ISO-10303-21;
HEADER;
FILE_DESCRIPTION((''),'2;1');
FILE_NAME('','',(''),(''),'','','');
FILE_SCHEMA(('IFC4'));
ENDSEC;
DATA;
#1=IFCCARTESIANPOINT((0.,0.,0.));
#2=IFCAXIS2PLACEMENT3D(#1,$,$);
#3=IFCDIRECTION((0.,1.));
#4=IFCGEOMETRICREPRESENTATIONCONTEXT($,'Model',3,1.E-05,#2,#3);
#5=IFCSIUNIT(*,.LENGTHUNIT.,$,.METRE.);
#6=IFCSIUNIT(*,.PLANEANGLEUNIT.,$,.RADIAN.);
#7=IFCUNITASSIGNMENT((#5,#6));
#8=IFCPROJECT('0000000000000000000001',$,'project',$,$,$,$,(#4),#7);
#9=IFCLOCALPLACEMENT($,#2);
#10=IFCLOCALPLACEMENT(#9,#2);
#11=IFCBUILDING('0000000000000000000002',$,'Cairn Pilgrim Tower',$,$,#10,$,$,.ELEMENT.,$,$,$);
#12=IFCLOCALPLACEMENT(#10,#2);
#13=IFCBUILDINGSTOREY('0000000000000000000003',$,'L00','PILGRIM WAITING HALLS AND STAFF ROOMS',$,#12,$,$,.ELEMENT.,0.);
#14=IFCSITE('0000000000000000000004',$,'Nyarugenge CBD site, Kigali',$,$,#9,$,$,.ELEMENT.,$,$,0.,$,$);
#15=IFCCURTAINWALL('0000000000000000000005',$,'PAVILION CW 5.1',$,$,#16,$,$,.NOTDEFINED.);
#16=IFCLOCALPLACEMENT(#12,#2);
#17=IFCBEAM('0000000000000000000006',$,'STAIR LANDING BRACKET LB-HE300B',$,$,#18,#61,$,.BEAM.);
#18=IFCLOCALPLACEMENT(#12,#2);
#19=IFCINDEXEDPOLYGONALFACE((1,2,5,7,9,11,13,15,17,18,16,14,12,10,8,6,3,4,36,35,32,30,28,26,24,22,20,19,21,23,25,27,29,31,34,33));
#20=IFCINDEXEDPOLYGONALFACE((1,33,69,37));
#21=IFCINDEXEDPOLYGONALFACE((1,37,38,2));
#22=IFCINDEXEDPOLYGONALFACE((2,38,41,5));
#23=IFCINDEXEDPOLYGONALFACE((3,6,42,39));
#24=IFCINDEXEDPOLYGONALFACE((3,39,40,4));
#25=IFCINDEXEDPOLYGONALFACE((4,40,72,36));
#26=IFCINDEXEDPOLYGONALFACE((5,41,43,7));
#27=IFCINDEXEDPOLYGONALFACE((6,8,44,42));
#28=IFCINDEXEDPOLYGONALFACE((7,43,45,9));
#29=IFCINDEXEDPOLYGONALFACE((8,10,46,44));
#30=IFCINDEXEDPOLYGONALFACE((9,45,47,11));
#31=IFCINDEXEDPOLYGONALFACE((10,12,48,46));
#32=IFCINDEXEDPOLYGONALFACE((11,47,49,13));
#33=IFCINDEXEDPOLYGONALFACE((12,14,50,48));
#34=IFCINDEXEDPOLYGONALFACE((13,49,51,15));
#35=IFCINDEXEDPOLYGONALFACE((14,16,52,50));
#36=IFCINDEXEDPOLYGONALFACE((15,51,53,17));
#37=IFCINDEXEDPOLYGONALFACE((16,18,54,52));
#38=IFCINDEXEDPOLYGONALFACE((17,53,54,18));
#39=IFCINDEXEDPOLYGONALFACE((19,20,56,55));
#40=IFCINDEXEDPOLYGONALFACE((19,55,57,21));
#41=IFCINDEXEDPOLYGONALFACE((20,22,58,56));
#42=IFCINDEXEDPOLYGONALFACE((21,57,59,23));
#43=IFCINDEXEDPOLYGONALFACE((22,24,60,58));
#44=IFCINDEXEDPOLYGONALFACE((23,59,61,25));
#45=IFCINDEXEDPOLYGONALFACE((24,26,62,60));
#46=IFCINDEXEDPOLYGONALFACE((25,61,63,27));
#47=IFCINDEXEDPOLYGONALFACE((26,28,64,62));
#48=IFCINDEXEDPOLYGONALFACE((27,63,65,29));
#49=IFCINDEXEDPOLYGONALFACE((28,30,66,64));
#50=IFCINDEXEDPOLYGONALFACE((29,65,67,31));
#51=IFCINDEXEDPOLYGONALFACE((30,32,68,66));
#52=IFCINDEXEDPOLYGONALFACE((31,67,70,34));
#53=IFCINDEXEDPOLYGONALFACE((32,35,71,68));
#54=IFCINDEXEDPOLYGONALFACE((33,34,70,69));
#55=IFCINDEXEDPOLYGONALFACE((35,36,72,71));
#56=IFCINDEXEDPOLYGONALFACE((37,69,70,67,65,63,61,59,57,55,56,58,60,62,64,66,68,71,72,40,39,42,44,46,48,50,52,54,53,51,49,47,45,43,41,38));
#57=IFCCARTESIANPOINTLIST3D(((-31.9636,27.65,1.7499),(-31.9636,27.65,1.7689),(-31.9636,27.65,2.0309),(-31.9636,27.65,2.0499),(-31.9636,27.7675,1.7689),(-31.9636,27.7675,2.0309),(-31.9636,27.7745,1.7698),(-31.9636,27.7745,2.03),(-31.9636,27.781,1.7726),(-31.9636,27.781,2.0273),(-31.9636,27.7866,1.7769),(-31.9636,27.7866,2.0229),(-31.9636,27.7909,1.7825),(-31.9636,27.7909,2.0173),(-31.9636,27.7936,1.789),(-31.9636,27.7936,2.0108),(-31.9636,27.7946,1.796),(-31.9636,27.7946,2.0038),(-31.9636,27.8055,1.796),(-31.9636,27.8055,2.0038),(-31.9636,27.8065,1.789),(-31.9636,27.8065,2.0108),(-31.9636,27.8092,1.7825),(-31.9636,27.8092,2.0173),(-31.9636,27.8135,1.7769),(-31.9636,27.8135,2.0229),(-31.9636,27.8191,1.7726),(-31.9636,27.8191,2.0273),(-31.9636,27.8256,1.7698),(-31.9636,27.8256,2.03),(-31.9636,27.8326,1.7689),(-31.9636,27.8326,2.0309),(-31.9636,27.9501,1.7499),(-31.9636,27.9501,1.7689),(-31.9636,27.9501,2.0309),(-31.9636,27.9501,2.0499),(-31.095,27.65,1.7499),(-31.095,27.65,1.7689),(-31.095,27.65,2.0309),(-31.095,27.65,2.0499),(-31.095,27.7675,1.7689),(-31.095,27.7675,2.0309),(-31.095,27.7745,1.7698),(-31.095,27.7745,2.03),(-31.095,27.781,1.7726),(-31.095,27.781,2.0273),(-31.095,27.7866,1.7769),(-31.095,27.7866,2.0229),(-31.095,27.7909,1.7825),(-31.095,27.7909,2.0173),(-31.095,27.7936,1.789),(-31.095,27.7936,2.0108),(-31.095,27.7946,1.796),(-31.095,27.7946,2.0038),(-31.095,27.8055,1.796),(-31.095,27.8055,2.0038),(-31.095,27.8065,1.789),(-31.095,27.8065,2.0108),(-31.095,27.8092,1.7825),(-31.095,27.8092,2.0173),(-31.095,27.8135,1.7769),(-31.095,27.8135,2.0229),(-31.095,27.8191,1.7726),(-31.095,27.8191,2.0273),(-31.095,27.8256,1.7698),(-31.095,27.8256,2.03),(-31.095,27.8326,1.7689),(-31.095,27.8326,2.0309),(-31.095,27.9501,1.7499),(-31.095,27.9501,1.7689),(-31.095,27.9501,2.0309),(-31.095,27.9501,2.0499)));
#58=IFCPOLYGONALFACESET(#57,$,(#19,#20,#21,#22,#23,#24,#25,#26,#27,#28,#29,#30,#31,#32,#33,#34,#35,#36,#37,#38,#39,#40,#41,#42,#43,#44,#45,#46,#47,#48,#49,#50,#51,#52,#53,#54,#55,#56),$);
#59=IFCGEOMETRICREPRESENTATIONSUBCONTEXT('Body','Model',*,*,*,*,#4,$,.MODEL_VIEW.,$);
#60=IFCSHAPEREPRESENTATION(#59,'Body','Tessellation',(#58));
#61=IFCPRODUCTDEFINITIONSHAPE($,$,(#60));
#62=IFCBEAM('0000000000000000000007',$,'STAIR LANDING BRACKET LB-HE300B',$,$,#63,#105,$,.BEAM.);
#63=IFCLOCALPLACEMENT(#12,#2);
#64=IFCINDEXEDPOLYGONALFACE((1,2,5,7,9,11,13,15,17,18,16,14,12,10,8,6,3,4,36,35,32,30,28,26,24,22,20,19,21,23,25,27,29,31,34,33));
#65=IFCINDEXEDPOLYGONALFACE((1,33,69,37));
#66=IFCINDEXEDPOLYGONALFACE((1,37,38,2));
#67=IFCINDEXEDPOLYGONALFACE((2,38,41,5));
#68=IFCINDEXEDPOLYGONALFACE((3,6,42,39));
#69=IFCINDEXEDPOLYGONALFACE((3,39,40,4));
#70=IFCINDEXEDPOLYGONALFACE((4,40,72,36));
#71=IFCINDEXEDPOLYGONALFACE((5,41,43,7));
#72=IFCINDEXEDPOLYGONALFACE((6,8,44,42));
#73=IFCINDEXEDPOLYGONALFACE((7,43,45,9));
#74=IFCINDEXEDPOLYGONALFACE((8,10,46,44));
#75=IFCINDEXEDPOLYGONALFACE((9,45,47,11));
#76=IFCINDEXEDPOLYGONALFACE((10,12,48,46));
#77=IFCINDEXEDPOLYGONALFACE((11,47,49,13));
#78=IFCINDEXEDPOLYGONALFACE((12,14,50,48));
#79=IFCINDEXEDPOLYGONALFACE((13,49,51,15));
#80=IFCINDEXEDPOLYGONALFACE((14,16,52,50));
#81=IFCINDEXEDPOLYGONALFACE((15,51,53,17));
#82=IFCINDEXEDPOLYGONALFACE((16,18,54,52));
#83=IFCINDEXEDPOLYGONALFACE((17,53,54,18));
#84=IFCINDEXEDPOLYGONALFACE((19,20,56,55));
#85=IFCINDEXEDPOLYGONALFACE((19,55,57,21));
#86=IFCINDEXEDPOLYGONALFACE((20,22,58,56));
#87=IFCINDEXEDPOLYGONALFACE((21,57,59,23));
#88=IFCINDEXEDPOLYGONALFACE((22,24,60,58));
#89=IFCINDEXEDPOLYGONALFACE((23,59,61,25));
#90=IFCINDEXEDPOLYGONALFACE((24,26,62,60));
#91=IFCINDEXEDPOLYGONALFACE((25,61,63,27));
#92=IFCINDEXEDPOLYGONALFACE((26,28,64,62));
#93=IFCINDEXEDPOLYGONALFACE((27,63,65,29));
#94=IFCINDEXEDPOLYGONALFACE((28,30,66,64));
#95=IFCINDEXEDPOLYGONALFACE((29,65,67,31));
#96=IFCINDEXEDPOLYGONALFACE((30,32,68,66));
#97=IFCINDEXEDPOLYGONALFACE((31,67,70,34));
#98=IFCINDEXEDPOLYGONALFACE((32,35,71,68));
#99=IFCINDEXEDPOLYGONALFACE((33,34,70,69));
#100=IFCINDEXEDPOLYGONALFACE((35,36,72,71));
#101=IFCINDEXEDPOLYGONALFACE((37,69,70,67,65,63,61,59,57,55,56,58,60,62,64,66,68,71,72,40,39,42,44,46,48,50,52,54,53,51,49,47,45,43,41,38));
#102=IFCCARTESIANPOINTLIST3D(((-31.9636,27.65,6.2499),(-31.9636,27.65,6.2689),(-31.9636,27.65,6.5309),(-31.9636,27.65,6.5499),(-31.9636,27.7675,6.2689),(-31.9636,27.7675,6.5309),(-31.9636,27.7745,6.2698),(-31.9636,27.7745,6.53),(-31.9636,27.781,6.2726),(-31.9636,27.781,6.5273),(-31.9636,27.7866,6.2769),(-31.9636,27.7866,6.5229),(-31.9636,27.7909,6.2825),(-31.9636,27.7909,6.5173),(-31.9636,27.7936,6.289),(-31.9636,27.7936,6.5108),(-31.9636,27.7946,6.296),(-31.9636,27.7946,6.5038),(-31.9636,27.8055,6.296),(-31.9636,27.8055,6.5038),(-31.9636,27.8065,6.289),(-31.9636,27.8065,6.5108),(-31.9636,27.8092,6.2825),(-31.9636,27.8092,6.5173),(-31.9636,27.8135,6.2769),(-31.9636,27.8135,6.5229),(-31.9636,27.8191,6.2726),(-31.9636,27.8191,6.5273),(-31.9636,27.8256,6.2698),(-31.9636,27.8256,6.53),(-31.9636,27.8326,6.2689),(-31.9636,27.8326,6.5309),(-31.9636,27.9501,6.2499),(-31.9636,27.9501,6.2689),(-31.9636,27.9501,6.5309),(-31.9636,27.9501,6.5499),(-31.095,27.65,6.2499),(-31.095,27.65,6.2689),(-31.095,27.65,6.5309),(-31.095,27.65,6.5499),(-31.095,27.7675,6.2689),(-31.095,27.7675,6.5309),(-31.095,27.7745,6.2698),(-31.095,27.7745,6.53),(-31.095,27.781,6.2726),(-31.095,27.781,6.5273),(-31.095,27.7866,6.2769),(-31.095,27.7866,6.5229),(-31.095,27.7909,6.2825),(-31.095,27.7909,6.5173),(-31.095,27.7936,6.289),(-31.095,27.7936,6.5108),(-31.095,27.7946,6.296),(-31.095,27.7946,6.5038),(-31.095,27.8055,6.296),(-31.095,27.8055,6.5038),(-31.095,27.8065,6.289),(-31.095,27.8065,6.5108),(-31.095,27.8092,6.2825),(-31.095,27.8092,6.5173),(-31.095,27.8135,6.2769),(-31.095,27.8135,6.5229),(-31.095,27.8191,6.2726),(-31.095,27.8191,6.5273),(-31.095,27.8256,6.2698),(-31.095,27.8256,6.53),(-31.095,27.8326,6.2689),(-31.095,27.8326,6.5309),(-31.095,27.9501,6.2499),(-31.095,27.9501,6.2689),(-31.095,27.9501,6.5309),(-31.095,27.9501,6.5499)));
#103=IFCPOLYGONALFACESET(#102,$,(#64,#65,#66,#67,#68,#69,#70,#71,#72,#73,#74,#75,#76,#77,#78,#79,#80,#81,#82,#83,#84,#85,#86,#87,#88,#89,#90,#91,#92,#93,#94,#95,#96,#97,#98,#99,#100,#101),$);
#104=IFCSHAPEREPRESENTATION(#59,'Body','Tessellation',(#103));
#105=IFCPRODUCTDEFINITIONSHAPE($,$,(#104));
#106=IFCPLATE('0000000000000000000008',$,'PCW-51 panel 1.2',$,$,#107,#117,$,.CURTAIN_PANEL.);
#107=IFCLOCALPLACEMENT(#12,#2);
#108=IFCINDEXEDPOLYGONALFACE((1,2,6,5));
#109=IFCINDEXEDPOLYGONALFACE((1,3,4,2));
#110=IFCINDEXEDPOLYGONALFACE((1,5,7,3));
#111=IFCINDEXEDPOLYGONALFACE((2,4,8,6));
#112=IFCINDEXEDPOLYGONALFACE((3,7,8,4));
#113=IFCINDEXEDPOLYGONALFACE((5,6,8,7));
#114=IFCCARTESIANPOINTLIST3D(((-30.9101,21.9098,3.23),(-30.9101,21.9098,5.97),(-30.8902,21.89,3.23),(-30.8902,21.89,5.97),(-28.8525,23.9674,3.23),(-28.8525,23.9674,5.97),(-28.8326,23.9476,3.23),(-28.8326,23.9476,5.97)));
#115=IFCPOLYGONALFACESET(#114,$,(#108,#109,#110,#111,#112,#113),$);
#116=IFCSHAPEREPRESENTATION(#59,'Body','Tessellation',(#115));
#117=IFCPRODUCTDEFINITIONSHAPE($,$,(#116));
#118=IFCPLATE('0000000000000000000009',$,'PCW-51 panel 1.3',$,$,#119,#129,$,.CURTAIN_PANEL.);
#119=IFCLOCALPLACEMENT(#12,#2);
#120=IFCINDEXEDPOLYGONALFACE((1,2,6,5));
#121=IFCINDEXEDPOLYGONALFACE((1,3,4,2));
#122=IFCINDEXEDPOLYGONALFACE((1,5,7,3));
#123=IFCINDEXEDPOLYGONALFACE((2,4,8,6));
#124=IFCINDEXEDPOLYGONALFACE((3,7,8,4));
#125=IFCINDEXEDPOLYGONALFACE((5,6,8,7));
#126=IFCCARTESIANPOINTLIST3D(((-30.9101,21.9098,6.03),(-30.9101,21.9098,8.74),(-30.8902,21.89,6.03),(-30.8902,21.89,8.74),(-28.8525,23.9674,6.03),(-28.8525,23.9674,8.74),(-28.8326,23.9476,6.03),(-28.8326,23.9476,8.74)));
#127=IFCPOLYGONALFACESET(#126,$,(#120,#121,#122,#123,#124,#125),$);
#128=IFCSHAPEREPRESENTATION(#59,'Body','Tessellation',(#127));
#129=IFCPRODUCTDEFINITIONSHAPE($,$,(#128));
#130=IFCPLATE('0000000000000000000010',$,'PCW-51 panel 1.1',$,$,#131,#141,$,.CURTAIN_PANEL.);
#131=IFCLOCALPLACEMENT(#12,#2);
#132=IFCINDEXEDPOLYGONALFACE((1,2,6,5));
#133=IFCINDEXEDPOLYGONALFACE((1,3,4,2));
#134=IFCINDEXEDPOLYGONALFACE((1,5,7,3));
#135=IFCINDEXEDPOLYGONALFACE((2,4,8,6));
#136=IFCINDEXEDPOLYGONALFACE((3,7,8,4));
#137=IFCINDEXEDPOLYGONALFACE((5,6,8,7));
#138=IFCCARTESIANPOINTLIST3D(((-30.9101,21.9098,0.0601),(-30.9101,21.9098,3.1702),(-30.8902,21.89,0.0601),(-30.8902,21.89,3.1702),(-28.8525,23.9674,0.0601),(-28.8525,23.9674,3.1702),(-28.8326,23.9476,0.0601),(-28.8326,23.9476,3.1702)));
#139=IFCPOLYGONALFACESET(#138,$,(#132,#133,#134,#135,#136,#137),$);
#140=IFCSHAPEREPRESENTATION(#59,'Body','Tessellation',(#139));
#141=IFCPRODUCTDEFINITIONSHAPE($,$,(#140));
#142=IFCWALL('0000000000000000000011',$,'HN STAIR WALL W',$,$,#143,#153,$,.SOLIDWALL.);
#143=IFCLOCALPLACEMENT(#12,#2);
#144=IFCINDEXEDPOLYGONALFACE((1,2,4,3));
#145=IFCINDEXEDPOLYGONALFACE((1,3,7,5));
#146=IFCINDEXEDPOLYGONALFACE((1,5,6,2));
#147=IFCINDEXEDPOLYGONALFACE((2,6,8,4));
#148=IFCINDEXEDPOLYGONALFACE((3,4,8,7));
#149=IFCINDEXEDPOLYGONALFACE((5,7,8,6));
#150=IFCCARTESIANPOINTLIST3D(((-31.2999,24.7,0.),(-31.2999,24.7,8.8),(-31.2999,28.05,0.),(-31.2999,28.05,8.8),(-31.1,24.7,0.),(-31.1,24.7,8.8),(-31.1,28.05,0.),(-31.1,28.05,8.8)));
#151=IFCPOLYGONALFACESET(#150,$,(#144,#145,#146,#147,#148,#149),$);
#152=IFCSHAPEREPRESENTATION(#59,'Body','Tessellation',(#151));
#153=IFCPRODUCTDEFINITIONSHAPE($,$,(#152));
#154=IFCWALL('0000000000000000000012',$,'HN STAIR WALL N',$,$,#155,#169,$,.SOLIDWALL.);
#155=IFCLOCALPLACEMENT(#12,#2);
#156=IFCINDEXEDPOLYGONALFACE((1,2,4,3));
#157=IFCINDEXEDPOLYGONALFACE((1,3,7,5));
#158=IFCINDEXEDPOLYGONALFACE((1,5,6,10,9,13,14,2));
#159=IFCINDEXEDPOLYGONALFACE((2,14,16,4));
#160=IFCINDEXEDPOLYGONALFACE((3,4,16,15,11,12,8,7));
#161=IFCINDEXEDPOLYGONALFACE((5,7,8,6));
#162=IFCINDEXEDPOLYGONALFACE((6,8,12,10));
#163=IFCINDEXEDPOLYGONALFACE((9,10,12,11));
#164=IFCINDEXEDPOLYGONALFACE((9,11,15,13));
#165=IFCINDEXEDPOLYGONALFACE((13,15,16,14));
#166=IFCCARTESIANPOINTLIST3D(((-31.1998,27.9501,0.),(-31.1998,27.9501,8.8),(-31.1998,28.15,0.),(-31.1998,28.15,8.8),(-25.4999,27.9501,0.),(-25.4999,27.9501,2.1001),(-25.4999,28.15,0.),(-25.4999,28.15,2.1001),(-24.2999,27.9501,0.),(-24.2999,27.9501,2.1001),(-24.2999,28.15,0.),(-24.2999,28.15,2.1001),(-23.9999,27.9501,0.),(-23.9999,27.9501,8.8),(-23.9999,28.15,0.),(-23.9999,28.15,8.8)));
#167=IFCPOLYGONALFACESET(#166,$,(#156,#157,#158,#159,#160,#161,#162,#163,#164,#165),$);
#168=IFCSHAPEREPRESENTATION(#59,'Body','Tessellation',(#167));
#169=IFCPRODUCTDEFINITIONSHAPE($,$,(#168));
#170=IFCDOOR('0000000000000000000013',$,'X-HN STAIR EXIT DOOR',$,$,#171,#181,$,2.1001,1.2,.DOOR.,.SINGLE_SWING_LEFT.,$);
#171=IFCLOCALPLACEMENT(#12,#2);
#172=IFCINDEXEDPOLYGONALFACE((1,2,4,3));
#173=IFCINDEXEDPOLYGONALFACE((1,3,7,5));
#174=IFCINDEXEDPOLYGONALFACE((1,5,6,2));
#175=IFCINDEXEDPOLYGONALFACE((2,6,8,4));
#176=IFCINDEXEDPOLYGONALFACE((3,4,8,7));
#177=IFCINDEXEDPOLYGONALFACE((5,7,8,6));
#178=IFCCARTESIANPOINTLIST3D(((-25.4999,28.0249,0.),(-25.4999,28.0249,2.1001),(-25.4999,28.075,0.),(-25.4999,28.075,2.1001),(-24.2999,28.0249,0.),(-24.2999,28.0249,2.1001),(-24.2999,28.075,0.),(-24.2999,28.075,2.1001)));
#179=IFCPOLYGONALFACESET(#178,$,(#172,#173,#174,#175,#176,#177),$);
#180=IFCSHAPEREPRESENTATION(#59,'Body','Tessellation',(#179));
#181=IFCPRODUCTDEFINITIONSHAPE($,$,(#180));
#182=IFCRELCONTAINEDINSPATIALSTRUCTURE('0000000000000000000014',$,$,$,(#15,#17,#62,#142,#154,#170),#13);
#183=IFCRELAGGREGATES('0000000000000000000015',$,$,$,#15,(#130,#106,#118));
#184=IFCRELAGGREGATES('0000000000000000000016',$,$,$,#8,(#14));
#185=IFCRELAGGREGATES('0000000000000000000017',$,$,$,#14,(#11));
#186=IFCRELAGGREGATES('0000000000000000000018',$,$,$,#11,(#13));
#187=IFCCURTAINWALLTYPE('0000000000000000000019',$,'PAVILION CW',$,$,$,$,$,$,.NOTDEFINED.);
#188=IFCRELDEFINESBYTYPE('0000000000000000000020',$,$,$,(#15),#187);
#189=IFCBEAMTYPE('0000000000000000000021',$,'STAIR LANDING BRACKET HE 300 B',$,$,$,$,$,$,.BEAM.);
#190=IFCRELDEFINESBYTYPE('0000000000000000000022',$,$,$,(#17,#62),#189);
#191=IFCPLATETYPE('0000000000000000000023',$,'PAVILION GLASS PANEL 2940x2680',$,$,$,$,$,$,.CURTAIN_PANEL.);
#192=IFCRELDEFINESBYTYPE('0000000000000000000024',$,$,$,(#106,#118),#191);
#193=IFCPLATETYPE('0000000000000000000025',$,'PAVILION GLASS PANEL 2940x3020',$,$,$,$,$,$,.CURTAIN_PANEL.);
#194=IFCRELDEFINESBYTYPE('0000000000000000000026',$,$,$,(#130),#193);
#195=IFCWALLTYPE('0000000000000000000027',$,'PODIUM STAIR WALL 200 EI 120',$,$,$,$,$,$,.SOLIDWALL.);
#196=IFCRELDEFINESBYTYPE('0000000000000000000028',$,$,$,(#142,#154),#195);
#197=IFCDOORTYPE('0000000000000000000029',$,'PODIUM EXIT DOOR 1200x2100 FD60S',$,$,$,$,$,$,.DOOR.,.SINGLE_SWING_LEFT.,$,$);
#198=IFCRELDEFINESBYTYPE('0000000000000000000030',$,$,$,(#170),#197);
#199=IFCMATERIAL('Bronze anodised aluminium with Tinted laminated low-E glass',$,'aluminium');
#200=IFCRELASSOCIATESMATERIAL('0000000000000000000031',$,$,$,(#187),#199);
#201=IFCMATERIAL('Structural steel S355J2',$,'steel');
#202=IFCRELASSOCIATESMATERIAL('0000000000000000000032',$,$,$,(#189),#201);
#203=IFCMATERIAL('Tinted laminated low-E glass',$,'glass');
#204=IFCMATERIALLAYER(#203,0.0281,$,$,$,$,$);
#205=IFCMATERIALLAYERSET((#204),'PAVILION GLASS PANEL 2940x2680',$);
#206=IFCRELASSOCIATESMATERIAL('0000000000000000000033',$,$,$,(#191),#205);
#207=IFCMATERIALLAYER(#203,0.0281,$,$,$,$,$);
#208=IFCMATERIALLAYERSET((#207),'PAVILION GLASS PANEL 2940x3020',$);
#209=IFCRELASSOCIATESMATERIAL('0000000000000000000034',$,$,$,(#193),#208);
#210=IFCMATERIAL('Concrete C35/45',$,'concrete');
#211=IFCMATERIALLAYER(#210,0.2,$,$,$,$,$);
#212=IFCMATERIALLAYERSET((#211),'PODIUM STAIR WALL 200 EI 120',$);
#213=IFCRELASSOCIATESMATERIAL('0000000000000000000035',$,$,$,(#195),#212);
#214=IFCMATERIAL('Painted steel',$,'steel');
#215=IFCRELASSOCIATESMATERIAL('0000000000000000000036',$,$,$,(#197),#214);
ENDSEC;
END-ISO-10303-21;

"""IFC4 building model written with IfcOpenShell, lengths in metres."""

from ifc_helpers import new_model, si_unit, direction, frame, frame_2d, origin, origin_2d, place, context, subcontext, project, spatial, rectangle, i_section, extrude, material, layer, layer_set, material_profile, profile_set, type_object, element, fill, aggregate, save


model = new_model("IFC4")

# Units and contexts
model_context = context("Model", 3, precision=1e-05, world=origin(), true_north=direction((0.0, 1.0)))
body_context = subcontext(model_context, "Body", "Model", "MODEL_VIEW")
ifc_project = project(units=[si_unit("LENGTHUNIT", "METRE"), si_unit("PLANEANGLEUNIT", "RADIAN")], contexts=[model_context])

# Site, building, storey
site_placement = place(None, origin())
site = spatial("IfcSite", under=ifc_project, at=site_placement, Name="Nyarugenge CBD site, Kigali", CompositionType="ELEMENT", RefElevation=0.0)
building_placement = place(site_placement, origin())
building = spatial("IfcBuilding", under=site, at=building_placement, Name="Cairn Pilgrim Tower", CompositionType="ELEMENT")
storey_placement = place(building_placement, origin())
storey = spatial("IfcBuildingStorey", under=building, at=storey_placement, Name="L00", Description="PILGRIM WAITING HALLS AND STAFF ROOMS", CompositionType="ELEMENT", Elevation=0.0)

# Shared definitions
ifc_material_1 = material(Name="Concrete C35/45", Category="concrete")

# Shared definitions
ifc_material_2 = material(Name="Structural steel S355J2", Category="steel")

# Curtain wall
ifc_material_3 = material(Name="Bronze anodised aluminium with Tinted laminated low-E glass", Category="aluminium")
curtain_wall_type = type_object("IfcCurtainWallType", Name="PAVILION CW", PredefinedType="NOTDEFINED", material=ifc_material_3)
curtain_wall_placement = place(storey_placement, origin())
curtain_wall = element("IfcCurtainWall", 1, at=curtain_wall_placement, inside=storey, type_object=curtain_wall_type, Name="PAVILION CW 5.1", PredefinedType="NOTDEFINED")

# Beams
ifc_material_profile_1 = material_profile(ifc_material_2, i_section(OverallWidth=0.3, OverallDepth=0.3, WebThickness=0.011, FlangeThickness=0.019, FilletRadius=0.0271, at=origin_2d()), Name="HE 300 B")
ifc_profile_set_1 = profile_set([ifc_material_profile_1], Name="Structural steel S355J2")
beam_type = type_object("IfcBeamType", Name="STAIR LANDING BRACKET HE 300 B", PredefinedType="BEAM", material=ifc_profile_set_1)
for number, where, z_axis, x_axis, name in (
    (2, (-31.9636, 27.8, 1.8999), (1.0, 0.0, 0.0), (0.0, 1.0, 0.0), "STAIR LANDING BRACKET LB-HE300B"),
    (3, (-31.9636, 27.8, 6.3999), (1.0, 0.0, 0.0), (0.0, 1.0, 0.0), "STAIR LANDING BRACKET LB-HE300B"),
):
    element("IfcBeam", number, at=place(storey_placement, frame(where, z_axis=z_axis, x_axis=x_axis)), inside=storey, type_object=beam_type, Name=name, PredefinedType="BEAM", context=body_context, shape_type="SweptSolid", body=[
        extrude(i_section(OverallWidth=0.3, OverallDepth=0.3, WebThickness=0.011, FlangeThickness=0.019, FilletRadius=0.0271, at=origin_2d()), origin(), (0.0, 0.0, 1.0), 0.8687),
    ])

# Plates
ifc_material_4 = material(Name="Tinted laminated low-E glass", Category="glass")
ifc_layer_1 = layer(ifc_material_4, 0.0281)
ifc_layer_set_1 = layer_set([ifc_layer_1], Name="PAVILION GLASS PANEL 2940x2680")
plate_type_1 = type_object("IfcPlateType", Name="PAVILION GLASS PANEL 2940x2680", PredefinedType="CURTAIN_PANEL", material=ifc_layer_set_1)
plate_1_placement = place(storey_placement, frame((-29.8713, 22.9287, 3.23), z_axis=(0.0, 0.0, 1.0), x_axis=(-0.707107, -0.707107, 0.0)))
plate_1 = element("IfcPlate", 4, at=plate_1_placement, type_object=plate_type_1, Name="PCW-51 panel 1.2", PredefinedType="CURTAIN_PANEL", context=body_context, shape_type="SweptSolid", body=[
    extrude(rectangle(XDim=2.9099, YDim=0.0281, at=origin_2d()), origin(), (0.0, 0.0, 1.0), 2.74),
])
plate_2_placement = place(storey_placement, frame((-29.8713, 22.9287, 6.03), z_axis=(0.0, 0.0, 1.0), x_axis=(-0.707107, -0.707107, 0.0)))
plate_2 = element("IfcPlate", 5, at=plate_2_placement, type_object=plate_type_1, Name="PCW-51 panel 1.3", PredefinedType="CURTAIN_PANEL", context=body_context, shape_type="SweptSolid", body=[
    extrude(rectangle(XDim=2.9099, YDim=0.0281, at=origin_2d()), origin(), (0.0, 0.0, 1.0), 2.71),
])
ifc_layer_2 = layer(ifc_material_4, 0.0281)
ifc_layer_set_2 = layer_set([ifc_layer_2], Name="PAVILION GLASS PANEL 2940x3020")
plate_type_2 = type_object("IfcPlateType", Name="PAVILION GLASS PANEL 2940x3020", PredefinedType="CURTAIN_PANEL", material=ifc_layer_set_2)
plate_3_placement = place(storey_placement, frame((-29.8713, 22.9287, 0.0601), z_axis=(0.0, 0.0, 1.0), x_axis=(-0.707107, -0.707107, 0.0)))
plate_3 = element("IfcPlate", 6, at=plate_3_placement, type_object=plate_type_2, Name="PCW-51 panel 1.1", PredefinedType="CURTAIN_PANEL", context=body_context, shape_type="SweptSolid", body=[
    extrude(rectangle(XDim=2.9099, YDim=0.0281, at=origin_2d()), origin(), (0.0, 0.0, 1.0), 3.1101),
])
aggregate(curtain_wall, [plate_3, plate_1, plate_2])

# Wall
ifc_layer_3 = layer(ifc_material_1, 0.2)
ifc_layer_set_3 = layer_set([ifc_layer_3], Name="PODIUM STAIR WALL 200 EI 120")
wall_type = type_object("IfcWallType", Name="PODIUM STAIR WALL 200 EI 120", PredefinedType="SOLIDWALL", material=ifc_layer_set_3)
wall_1_placement = place(storey_placement, frame((-31.2, 24.7, 0.0), z_axis=(0.0, 0.0, 1.0), x_axis=(0.0, 1.0, 0.0)))
element("IfcWall", 7, at=wall_1_placement, inside=storey, type_object=wall_type, Name="HN STAIR WALL W", PredefinedType="SOLIDWALL", context=body_context, shape_type="SweptSolid", body=[
    extrude(rectangle(XDim=3.3501, YDim=0.2, at=frame_2d((1.675, 0.0))), origin(), (0.0, 0.0, 1.0), 8.8),
])

# Wall, opening, door
wall_2_placement = place(storey_placement, frame((-31.2, 28.05, 0.0), z_axis=(0.0, 0.0, 1.0), x_axis=(1.0, 0.0, 0.0)))
wall_2 = element("IfcWall", 8, at=wall_2_placement, inside=storey, type_object=wall_type, Name="HN STAIR WALL N", PredefinedType="SOLIDWALL", context=body_context, shape_type="SweptSolid", body=[
    extrude(rectangle(XDim=7.2, YDim=0.2, at=frame_2d((3.6001, 0.0))), origin(), (0.0, 0.0, 1.0), 8.8),
])
opening_placement = place(wall_2_placement, frame((5.7, 0.0, 0.0)))
opening = element("IfcOpeningElement", 9, at=opening_placement, cuts=wall_2, PredefinedType="OPENING", context=body_context, shape_type="SweptSolid", body=[
    extrude(rectangle(XDim=1.2, YDim=2.1001, at=frame_2d((0.6001, 1.05))), frame((0.0, 0.1099, 0.0), z_axis=(0.0, -1.0, 0.0), x_axis=(1.0, 0.0, 0.0)), (0.0, 0.0, 1.0), 0.22),
])
ifc_material_5 = material(Name="Painted steel", Category="steel")
door_type = type_object("IfcDoorType", Name="PODIUM EXIT DOOR 1200x2100 FD60S", OperationType="SINGLE_SWING_LEFT", PredefinedType="DOOR", material=ifc_material_5)
door_placement = place(opening_placement, origin())
door = element("IfcDoor", 10, at=door_placement, inside=storey, type_object=door_type, Name="X-HN STAIR EXIT DOOR", OperationType="SINGLE_SWING_LEFT", OverallHeight=2.1001, OverallWidth=1.2, PredefinedType="DOOR", context=body_context, shape_type="SweptSolid", body=[
    extrude(rectangle(XDim=1.2, YDim=2.1001, at=frame_2d((0.6001, 1.05))), frame((0.0, 0.0249, 0.0), z_axis=(0.0, -1.0, 0.0), x_axis=(1.0, 0.0, 0.0)), (0.0, 0.0, 1.0), 0.05),
])
fill(opening, door)

save(model, "model.ifc")
